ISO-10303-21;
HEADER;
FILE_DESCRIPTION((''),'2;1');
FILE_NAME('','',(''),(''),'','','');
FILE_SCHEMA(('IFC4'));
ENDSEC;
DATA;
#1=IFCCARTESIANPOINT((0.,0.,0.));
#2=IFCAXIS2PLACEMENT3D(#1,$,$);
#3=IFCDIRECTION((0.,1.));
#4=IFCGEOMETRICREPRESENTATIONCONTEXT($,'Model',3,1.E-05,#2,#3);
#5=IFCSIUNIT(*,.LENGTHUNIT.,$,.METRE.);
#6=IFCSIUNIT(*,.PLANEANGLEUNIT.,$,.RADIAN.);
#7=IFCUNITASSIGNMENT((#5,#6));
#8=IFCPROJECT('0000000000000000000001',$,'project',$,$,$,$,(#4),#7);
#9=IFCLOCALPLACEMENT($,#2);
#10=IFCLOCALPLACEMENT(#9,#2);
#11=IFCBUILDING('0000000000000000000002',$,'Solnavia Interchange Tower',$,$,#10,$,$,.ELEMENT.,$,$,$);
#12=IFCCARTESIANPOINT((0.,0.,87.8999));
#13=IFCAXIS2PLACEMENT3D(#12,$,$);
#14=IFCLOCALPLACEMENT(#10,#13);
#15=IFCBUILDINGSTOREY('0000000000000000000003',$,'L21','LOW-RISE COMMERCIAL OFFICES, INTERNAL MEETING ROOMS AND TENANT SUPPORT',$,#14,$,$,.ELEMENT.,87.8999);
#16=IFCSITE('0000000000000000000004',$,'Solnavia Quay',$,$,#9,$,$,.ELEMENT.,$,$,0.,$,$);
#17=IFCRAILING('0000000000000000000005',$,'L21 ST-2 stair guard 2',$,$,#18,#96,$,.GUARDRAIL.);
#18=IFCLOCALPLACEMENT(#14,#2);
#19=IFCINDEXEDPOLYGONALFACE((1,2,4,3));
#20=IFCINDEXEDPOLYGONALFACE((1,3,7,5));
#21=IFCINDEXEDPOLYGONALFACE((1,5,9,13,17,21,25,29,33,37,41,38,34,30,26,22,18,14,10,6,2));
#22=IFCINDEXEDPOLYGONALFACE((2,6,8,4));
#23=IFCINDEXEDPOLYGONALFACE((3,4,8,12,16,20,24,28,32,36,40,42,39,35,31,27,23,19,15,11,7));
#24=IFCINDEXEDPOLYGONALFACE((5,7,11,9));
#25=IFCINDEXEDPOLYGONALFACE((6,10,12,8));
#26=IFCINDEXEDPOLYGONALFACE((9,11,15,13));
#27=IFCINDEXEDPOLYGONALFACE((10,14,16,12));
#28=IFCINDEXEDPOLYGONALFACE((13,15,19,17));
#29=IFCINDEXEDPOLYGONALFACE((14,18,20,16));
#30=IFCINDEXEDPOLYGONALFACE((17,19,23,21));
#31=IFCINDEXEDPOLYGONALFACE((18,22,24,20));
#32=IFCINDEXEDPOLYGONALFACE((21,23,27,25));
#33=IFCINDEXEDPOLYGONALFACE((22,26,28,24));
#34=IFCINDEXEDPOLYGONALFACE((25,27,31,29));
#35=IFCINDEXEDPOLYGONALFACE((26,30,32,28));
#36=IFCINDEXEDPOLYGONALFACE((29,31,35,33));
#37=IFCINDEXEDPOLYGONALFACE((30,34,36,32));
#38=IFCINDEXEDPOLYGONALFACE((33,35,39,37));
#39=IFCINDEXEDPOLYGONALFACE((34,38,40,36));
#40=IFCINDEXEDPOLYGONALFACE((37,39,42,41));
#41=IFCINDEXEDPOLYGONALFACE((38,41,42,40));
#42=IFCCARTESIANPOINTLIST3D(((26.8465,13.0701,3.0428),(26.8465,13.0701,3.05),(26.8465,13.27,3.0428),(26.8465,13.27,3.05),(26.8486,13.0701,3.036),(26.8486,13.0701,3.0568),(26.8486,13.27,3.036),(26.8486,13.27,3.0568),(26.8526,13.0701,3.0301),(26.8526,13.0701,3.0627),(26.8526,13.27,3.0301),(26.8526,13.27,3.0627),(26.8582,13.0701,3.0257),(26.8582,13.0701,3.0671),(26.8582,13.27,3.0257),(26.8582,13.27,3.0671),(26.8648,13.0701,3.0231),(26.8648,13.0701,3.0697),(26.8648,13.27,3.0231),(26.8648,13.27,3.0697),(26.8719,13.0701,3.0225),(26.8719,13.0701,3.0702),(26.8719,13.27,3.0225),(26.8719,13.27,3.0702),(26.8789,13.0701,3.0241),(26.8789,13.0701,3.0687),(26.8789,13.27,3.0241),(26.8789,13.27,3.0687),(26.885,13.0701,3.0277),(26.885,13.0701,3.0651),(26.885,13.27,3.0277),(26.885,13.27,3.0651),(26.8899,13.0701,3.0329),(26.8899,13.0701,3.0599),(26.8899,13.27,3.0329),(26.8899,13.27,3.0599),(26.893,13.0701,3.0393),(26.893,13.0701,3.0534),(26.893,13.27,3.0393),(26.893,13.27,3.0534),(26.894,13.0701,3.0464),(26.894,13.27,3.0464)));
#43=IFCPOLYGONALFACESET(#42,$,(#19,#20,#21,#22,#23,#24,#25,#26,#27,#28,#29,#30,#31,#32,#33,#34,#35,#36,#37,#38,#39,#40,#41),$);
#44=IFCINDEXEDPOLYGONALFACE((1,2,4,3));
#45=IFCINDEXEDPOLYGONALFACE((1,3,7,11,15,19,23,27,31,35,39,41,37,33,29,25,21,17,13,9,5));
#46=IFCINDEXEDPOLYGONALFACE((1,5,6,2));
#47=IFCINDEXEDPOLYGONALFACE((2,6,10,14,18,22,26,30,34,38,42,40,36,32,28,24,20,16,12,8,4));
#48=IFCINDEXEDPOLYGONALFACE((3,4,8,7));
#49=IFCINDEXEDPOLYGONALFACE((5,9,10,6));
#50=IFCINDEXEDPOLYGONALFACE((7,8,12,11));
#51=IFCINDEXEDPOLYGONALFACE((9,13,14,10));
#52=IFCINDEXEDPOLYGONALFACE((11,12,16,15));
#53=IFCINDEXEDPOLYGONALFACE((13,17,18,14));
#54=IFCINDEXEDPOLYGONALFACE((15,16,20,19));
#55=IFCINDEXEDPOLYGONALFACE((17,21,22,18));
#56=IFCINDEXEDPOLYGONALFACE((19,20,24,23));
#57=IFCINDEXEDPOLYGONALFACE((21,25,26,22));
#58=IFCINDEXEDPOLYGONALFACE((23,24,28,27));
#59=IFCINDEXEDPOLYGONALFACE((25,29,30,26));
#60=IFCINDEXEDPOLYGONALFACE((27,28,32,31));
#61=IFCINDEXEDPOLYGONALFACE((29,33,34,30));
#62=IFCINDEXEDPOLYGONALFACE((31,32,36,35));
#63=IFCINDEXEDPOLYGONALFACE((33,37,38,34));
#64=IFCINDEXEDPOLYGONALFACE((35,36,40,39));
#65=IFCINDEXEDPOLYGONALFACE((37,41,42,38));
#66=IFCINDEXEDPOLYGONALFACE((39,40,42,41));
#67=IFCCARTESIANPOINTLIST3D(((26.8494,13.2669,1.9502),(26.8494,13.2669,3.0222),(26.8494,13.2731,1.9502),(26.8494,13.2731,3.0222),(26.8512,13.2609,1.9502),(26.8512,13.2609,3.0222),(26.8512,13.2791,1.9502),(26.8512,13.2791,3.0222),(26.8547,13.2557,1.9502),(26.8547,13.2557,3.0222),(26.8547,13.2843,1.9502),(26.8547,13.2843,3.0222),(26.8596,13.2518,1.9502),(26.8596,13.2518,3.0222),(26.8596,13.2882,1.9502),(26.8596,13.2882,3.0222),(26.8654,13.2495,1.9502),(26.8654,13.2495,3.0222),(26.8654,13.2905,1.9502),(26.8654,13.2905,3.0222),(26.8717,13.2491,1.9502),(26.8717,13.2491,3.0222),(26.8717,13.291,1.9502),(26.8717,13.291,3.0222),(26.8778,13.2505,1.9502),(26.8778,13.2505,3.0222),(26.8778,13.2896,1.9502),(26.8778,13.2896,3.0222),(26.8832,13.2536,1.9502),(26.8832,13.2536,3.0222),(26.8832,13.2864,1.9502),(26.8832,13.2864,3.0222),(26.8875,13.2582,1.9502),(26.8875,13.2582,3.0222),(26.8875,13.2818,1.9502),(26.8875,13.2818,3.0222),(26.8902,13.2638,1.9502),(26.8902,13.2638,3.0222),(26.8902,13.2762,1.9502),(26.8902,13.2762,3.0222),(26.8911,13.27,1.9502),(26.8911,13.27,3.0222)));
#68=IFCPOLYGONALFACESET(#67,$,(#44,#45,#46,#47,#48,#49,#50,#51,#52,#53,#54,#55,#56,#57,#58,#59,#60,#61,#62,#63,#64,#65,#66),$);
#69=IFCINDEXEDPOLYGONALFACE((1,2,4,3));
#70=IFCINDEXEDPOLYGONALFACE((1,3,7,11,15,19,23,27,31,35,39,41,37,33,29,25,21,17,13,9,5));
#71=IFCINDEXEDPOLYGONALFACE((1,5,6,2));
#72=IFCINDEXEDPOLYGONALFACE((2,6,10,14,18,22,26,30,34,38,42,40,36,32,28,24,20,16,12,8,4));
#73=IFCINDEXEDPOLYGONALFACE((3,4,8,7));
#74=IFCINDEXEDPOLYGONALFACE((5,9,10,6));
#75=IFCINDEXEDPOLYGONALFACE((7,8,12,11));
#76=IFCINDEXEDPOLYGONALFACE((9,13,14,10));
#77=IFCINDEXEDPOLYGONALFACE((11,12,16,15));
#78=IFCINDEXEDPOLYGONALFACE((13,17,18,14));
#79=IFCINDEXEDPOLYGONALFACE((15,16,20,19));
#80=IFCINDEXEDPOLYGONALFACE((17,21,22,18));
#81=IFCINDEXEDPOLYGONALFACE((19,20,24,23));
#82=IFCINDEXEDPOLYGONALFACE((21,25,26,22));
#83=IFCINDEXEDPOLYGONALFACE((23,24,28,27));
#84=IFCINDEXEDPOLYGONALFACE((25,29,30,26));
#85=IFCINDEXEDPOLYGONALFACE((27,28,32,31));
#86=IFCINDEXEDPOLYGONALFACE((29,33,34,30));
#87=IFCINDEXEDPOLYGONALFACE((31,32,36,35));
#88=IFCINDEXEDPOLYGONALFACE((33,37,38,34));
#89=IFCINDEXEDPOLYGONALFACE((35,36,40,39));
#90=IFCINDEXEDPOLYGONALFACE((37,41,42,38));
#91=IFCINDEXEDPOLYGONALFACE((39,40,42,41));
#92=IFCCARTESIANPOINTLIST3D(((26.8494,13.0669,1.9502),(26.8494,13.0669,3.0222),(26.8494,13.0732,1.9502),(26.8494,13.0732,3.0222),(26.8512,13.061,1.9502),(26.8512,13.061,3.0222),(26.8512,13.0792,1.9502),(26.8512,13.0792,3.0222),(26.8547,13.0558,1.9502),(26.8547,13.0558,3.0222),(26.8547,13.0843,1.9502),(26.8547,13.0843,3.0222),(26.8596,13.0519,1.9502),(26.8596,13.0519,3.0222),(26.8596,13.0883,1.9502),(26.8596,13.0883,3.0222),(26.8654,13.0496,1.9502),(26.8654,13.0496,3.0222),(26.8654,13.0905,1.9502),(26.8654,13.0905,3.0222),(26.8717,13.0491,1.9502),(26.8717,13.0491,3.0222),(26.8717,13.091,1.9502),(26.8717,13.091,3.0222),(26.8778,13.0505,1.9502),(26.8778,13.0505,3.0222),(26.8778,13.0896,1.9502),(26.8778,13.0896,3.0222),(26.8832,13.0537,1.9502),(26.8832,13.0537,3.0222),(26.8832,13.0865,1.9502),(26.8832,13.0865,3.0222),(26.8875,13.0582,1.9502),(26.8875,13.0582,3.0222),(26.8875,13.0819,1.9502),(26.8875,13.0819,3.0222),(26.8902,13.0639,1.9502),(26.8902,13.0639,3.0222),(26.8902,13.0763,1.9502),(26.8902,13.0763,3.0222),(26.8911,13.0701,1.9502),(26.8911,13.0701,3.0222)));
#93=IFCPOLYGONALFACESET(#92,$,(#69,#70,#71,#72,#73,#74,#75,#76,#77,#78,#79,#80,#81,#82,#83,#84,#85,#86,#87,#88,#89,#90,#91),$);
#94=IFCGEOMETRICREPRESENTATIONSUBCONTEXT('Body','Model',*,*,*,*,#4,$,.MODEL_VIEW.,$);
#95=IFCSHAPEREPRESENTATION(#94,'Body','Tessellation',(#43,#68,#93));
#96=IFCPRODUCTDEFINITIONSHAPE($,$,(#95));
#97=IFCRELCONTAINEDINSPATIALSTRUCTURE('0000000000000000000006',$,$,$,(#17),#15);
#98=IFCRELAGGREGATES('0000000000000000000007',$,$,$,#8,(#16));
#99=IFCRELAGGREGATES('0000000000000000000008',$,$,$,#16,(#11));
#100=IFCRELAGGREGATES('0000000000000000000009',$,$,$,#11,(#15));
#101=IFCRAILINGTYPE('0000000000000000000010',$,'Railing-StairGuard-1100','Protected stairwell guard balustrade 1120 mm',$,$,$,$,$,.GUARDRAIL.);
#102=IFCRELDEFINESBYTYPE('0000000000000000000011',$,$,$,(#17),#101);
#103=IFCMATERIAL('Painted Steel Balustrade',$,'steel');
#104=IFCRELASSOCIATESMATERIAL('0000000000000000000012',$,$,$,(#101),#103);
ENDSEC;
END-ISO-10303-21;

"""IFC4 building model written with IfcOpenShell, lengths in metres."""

from ifc_helpers import new_model, si_unit, direction, frame, origin, origin_2d, place, context, subcontext, project, spatial, circle, extrude, material, type_object, element, save


model = new_model("IFC4")

# Units and contexts
model_context = context("Model", 3, precision=1e-05, world=origin(), true_north=direction((0.0, 1.0)))
body_context = subcontext(model_context, "Body", "Model", "MODEL_VIEW")
ifc_project = project(units=[si_unit("LENGTHUNIT", "METRE"), si_unit("PLANEANGLEUNIT", "RADIAN")], contexts=[model_context])

# Site, building, storey
site_placement = place(None, origin())
site = spatial("IfcSite", under=ifc_project, at=site_placement, Name="Solnavia Quay", CompositionType="ELEMENT", RefElevation=0.0)
building_placement = place(site_placement, origin())
building = spatial("IfcBuilding", under=site, at=building_placement, Name="Solnavia Interchange Tower", CompositionType="ELEMENT")
storey_placement = place(building_placement, frame((0.0, 0.0, 87.8999)))
storey = spatial("IfcBuildingStorey", under=building, at=storey_placement, Name="L21", Description="LOW-RISE COMMERCIAL OFFICES, INTERNAL MEETING ROOMS AND TENANT SUPPORT", CompositionType="ELEMENT", Elevation=87.8999)

# Railing
ifc_material_1 = material(Name="Painted Steel Balustrade", Category="steel")
railing_type_1 = type_object("IfcRailingType", Name="Railing-StairGuard-1100", Description="Protected stairwell guard balustrade 1120 mm", PredefinedType="GUARDRAIL", material=ifc_material_1)
railing_1_placement = place(storey_placement, frame((26.8701, 13.27, 1.9502)))
element("IfcRailing", 1, at=railing_1_placement, inside=storey, type_object=railing_type_1, Name="L21 ST-2 stair guard 2", PredefinedType="GUARDRAIL", context=body_context, shape_type="SweptSolid", body=[
    extrude(circle(Radius=0.0239, at=origin_2d()), frame((0.0, 0.0, 1.0962), z_axis=(0.0, -1.0, 0.0), x_axis=(1.0, 0.0, 0.0)), (0.0, 0.0, 1.0), 0.2),
    extrude(circle(Radius=0.021, at=origin_2d()), origin(), (0.0, 0.0, 1.0), 1.072),
    extrude(circle(Radius=0.021, at=origin_2d()), frame((0.0, -0.2, 0.0)), (0.0, 0.0, 1.0), 1.072),
])

save(model, "model.ifc")
